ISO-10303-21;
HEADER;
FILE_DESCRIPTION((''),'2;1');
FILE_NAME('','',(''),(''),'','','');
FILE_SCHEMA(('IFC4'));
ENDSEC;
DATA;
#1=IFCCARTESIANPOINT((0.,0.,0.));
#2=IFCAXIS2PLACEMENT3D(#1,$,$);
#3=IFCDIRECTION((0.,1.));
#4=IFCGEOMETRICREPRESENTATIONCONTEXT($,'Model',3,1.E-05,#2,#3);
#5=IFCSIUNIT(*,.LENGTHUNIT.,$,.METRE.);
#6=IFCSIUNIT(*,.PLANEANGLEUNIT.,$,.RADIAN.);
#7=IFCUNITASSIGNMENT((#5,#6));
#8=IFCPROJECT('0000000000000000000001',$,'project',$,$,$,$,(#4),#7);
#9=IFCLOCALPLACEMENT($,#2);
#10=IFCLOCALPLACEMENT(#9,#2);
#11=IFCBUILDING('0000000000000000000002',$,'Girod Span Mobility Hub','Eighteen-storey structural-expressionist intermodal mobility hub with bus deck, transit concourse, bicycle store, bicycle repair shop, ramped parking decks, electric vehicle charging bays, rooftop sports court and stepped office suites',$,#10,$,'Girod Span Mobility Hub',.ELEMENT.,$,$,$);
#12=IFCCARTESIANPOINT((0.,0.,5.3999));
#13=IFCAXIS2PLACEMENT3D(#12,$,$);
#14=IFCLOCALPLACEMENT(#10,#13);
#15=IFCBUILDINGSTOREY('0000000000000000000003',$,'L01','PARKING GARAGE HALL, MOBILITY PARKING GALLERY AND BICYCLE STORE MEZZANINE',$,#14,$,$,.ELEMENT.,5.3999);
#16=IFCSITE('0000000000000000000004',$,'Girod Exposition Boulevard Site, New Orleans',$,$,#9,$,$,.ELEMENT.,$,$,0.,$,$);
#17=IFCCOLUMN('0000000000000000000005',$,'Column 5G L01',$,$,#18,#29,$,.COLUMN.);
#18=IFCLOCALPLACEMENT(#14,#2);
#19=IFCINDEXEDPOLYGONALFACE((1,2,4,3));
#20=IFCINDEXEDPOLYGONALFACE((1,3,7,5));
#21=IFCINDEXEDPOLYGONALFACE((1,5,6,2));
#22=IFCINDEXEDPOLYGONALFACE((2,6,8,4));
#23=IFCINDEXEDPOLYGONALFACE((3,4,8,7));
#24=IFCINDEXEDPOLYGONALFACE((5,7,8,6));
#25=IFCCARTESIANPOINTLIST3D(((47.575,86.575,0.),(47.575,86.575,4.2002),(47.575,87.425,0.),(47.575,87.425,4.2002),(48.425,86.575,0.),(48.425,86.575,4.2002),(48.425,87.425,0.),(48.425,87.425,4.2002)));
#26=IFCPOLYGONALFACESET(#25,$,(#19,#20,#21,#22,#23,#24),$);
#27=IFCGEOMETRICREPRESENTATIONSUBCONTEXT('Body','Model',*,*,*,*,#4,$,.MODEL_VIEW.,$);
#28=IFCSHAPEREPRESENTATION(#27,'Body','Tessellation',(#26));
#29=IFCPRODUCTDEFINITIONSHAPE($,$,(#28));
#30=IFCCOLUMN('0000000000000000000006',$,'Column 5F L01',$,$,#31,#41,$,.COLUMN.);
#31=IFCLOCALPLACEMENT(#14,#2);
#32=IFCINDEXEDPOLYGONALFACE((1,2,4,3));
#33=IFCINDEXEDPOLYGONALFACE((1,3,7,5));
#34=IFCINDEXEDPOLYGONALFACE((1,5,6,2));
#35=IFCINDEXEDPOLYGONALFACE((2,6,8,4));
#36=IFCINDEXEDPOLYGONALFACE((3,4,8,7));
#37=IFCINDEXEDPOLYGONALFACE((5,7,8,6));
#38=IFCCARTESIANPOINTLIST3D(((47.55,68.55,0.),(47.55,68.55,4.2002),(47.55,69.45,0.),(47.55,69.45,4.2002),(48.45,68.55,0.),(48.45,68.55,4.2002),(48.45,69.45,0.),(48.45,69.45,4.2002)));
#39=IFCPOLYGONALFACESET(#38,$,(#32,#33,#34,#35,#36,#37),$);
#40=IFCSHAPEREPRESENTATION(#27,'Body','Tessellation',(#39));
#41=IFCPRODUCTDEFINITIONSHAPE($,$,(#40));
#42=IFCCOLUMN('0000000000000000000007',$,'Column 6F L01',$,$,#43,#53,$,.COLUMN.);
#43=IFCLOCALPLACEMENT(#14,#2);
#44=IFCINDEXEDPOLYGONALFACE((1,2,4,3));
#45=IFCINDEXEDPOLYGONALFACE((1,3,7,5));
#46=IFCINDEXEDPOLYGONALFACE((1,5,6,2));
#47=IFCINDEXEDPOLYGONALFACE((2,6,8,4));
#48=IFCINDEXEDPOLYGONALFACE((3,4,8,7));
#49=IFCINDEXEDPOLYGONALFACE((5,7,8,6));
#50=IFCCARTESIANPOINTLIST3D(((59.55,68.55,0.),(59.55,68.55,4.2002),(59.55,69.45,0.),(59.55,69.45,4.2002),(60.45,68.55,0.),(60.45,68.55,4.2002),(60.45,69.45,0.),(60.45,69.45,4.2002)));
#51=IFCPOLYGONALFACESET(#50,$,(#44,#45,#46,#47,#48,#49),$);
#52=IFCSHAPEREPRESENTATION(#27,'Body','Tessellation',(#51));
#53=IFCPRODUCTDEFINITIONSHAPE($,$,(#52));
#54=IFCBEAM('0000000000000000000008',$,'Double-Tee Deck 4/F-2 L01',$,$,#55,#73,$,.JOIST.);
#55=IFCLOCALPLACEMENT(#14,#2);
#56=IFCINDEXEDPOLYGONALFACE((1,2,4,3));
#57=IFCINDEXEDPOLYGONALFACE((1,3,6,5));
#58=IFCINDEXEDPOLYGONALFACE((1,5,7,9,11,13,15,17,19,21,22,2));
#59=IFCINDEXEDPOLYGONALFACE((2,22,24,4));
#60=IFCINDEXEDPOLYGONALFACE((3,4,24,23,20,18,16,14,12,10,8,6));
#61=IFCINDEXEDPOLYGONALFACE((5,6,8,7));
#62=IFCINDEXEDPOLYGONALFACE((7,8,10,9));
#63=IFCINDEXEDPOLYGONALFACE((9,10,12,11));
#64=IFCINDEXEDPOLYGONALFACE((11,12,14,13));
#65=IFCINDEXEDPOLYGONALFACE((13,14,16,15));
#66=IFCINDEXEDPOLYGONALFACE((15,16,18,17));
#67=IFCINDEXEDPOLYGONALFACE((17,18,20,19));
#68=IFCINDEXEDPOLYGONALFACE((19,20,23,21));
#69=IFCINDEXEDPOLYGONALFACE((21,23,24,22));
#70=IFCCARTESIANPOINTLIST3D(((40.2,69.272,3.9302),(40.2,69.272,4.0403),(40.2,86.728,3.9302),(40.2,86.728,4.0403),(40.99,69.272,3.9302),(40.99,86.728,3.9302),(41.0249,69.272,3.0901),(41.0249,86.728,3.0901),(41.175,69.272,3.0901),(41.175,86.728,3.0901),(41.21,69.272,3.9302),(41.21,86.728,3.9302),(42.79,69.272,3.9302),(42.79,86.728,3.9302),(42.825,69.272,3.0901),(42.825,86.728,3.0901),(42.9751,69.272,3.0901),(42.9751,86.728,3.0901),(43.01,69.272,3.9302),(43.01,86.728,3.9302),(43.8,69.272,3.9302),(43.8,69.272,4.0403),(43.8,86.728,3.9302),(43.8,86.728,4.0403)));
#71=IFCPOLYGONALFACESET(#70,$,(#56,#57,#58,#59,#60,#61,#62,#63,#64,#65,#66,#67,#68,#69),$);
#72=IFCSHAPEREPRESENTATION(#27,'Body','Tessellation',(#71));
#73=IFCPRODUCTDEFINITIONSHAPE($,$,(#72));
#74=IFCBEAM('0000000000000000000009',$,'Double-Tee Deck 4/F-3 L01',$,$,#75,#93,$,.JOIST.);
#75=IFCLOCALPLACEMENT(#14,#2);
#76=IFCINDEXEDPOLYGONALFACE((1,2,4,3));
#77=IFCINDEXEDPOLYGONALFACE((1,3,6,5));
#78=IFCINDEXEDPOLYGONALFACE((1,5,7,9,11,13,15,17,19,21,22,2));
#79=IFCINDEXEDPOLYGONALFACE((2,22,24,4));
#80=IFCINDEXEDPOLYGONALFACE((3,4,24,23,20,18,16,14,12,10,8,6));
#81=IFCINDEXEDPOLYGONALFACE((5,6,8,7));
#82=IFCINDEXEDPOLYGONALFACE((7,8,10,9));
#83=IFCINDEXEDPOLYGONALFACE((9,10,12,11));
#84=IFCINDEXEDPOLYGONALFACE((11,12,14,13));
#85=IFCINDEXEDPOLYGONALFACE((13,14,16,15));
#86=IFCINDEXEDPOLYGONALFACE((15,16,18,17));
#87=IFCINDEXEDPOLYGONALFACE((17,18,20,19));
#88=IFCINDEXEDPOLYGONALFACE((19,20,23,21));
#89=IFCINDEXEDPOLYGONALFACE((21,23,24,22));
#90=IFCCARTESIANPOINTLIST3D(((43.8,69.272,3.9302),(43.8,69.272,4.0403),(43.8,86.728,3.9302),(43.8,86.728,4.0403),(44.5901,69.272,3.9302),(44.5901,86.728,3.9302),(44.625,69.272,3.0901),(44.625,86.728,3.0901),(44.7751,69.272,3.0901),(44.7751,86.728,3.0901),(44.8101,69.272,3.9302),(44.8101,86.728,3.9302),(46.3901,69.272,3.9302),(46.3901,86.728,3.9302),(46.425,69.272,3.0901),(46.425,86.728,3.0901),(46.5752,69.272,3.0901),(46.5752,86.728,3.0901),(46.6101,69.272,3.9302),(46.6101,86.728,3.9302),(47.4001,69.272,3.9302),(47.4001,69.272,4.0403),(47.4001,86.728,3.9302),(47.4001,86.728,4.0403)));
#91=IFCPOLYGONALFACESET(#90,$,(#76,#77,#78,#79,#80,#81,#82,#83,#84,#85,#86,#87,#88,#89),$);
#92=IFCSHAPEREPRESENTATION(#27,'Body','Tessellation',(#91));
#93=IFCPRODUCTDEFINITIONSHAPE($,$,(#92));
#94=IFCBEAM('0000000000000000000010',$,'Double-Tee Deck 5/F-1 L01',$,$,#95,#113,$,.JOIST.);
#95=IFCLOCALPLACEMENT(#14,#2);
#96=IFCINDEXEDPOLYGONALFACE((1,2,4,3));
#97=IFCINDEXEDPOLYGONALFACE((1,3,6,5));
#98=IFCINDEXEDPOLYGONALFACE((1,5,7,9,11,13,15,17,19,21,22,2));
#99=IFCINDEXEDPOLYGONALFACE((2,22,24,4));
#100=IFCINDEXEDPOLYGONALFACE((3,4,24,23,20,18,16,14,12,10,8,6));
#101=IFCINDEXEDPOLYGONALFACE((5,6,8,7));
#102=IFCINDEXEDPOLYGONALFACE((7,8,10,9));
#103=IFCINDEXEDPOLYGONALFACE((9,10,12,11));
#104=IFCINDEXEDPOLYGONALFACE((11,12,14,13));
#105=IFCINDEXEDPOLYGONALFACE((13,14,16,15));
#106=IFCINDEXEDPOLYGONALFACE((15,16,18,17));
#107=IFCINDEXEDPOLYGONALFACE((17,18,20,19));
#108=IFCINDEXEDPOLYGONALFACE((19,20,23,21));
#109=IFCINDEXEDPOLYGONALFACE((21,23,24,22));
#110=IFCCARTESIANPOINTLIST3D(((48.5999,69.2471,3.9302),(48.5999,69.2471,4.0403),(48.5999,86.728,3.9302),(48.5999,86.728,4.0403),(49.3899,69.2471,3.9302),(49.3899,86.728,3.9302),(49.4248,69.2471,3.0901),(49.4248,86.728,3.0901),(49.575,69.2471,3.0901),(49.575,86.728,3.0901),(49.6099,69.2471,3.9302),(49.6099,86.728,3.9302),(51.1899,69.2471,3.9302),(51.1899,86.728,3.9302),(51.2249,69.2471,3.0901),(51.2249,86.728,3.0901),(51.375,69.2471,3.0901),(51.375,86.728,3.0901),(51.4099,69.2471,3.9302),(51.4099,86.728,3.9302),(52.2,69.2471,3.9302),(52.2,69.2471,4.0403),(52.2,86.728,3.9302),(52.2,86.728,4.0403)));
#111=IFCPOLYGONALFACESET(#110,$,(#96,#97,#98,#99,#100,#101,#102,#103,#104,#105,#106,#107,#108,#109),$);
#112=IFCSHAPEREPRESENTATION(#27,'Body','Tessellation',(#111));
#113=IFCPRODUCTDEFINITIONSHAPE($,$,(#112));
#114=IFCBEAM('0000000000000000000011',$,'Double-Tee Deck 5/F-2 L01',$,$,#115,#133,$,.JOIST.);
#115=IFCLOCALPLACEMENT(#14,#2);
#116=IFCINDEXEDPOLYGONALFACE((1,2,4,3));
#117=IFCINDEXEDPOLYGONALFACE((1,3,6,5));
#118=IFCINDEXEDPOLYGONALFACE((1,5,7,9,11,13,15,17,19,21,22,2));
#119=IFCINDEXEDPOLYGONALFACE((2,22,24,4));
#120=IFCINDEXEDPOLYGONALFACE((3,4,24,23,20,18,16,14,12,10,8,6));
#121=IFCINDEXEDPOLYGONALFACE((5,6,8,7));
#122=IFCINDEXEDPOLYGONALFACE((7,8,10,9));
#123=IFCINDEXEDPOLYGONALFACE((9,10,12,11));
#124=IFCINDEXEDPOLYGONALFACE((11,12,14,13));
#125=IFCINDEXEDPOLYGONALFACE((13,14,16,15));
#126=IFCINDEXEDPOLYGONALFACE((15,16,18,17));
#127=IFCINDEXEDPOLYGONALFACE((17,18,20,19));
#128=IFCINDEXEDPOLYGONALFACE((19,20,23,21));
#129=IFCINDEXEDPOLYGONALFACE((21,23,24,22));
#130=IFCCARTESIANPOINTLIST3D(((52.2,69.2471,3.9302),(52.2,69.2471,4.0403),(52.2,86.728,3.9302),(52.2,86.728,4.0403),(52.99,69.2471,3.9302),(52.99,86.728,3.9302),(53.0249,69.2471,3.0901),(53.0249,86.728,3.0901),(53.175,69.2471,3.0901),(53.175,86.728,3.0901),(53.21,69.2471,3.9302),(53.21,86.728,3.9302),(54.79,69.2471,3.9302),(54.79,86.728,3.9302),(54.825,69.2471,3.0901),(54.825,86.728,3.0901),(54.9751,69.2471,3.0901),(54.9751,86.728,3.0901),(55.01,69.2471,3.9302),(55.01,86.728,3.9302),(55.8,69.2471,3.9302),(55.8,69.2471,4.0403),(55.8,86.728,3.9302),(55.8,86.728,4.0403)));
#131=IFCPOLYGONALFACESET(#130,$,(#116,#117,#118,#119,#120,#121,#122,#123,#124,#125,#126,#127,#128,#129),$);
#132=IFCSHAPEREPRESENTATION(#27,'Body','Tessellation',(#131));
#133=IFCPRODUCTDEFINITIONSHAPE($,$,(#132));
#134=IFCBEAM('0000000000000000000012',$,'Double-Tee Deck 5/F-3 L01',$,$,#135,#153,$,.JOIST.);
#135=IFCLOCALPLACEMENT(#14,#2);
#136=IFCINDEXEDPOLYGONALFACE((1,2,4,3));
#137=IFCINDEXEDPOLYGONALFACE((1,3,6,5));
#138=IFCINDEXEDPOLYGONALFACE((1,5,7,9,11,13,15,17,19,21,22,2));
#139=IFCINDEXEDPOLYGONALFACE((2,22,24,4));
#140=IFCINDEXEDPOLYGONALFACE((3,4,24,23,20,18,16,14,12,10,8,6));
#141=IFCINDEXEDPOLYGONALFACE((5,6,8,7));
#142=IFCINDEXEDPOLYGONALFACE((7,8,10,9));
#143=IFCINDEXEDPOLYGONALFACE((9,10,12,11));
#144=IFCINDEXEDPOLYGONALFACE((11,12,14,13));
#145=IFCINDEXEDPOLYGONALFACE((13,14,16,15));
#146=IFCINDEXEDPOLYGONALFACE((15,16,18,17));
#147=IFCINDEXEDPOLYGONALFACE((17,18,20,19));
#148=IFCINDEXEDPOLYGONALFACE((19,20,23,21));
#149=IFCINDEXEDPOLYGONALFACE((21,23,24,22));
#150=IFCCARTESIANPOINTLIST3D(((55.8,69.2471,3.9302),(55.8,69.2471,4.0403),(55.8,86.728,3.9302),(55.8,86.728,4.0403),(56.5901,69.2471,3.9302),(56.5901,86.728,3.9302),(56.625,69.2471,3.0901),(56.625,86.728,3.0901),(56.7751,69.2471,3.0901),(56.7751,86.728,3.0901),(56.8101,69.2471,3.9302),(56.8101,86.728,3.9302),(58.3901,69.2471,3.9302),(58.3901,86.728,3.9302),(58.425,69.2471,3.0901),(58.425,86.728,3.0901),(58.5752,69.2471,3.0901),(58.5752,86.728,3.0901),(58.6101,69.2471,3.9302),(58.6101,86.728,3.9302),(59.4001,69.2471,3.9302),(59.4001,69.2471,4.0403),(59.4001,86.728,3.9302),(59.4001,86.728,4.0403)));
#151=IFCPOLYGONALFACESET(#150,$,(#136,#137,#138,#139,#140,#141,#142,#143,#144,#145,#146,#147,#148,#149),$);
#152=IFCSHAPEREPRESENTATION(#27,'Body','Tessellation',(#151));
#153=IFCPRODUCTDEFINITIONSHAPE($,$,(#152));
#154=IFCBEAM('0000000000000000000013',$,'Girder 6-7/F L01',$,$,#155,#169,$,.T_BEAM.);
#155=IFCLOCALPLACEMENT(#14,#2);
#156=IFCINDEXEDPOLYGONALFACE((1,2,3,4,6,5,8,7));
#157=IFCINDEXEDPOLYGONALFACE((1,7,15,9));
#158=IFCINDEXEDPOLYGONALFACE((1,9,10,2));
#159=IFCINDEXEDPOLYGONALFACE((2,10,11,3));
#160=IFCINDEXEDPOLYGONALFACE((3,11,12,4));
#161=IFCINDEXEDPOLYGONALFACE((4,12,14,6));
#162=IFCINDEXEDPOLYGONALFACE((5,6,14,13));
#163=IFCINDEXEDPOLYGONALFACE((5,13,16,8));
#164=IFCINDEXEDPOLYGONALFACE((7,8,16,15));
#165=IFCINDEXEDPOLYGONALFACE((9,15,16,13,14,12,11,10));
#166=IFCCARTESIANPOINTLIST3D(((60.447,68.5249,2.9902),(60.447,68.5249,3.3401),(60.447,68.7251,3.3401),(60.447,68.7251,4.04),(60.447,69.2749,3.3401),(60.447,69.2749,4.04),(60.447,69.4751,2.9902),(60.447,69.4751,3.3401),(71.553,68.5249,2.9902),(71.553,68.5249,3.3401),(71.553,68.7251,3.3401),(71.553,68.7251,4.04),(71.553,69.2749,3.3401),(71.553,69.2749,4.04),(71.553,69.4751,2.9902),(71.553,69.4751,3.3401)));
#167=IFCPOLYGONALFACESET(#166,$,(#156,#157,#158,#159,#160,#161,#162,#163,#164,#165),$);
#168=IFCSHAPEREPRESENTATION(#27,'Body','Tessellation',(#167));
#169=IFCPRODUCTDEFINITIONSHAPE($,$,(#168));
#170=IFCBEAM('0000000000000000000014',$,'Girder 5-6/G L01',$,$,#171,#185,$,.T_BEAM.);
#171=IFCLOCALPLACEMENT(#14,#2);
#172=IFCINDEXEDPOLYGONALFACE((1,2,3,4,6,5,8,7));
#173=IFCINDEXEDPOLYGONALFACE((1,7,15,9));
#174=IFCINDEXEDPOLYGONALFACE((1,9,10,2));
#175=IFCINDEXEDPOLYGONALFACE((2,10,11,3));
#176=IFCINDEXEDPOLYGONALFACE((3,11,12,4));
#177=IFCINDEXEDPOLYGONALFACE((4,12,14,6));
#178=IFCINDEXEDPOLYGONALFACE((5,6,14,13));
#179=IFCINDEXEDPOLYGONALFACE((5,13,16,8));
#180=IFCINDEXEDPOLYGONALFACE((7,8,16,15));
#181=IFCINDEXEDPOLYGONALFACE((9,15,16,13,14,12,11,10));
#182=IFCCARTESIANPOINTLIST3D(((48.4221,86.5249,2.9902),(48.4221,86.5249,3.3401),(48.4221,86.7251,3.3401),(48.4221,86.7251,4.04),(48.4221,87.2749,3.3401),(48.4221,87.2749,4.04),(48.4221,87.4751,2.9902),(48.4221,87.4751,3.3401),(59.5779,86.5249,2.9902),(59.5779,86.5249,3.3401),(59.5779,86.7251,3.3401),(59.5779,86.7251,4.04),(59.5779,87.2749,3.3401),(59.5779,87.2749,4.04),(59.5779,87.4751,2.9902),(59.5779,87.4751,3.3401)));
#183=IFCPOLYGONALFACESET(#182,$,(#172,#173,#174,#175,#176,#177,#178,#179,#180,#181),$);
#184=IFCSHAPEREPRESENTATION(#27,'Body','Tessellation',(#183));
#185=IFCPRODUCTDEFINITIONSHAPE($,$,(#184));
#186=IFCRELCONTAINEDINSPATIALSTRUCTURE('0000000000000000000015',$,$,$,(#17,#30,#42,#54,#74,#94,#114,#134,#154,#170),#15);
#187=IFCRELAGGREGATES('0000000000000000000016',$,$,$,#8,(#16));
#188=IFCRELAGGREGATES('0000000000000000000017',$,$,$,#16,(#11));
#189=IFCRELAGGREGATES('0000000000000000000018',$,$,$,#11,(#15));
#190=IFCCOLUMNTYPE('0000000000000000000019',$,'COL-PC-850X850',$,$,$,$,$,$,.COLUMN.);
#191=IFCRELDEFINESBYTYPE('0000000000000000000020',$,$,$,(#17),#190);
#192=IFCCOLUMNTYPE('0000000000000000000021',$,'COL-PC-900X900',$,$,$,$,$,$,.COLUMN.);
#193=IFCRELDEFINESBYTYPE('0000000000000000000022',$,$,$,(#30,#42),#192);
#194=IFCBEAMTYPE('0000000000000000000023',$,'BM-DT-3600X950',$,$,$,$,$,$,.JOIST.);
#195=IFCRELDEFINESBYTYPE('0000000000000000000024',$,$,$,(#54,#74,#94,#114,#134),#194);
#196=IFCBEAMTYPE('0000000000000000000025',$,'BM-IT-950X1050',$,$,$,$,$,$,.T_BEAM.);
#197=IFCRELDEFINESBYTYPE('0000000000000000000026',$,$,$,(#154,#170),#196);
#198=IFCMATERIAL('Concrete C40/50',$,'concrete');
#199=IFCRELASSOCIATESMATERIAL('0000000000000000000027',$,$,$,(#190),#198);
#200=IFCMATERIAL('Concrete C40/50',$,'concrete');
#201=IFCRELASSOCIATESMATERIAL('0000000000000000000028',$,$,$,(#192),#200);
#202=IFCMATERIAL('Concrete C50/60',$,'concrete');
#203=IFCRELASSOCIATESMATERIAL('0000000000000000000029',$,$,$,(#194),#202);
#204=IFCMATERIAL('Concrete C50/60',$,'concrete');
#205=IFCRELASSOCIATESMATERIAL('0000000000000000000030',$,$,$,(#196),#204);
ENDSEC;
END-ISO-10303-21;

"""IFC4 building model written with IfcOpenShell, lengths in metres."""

from ifc_helpers import new_model, si_unit, direction, frame, origin, origin_2d, place, context, subcontext, project, spatial, polyline, rectangle, outline, extrude, material, material_profile, profile_set, type_object, element, save


model = new_model("IFC4")

# Units and contexts
model_context = context("Model", 3, precision=1e-05, world=origin(), true_north=direction((0.0, 1.0)))
body_context = subcontext(model_context, "Body", "Model", "MODEL_VIEW")
ifc_project = project(units=[si_unit("LENGTHUNIT", "METRE"), si_unit("PLANEANGLEUNIT", "RADIAN")], contexts=[model_context])

# Site, building, storey
site_placement = place(None, origin())
site = spatial("IfcSite", under=ifc_project, at=site_placement, Name="Girod Exposition Boulevard Site, New Orleans", CompositionType="ELEMENT", RefElevation=0.0)
building_placement = place(site_placement, origin())
building = spatial("IfcBuilding", under=site, at=building_placement, Name="Girod Span Mobility Hub", Description="Eighteen-storey structural-expressionist intermodal mobility hub with bus deck, transit concourse, bicycle store, bicycle repair shop, ramped parking decks, electric vehicle charging bays, rooftop sports court and stepped office suites", LongName="Girod Span Mobility Hub", CompositionType="ELEMENT")
storey_placement = place(building_placement, frame((0.0, 0.0, 5.3999)))
storey = spatial("IfcBuildingStorey", under=building, at=storey_placement, Name="L01", Description="PARKING GARAGE HALL, MOBILITY PARKING GALLERY AND BICYCLE STORE MEZZANINE", CompositionType="ELEMENT", Elevation=5.3999)

# Columns
ifc_material_1 = material(Name="Concrete C40/50", Category="concrete")
ifc_material_profile_1 = material_profile(ifc_material_1, rectangle(XDim=0.8501, YDim=0.8501, at=origin_2d()), Name="PC-COL-850X850")
ifc_profile_set_1 = profile_set([ifc_material_profile_1], Name="Concrete C40/50")
column_type_1 = type_object("IfcColumnType", Name="COL-PC-850X850", PredefinedType="COLUMN", material=ifc_profile_set_1)
column_placement = place(storey_placement, frame((48.0, 87.0, 0.0), z_axis=(0.0, 0.0, 1.0), x_axis=(1.0, 0.0, 0.0)))
element("IfcColumn", 1, at=column_placement, inside=storey, type_object=column_type_1, Name="Column 5G L01", PredefinedType="COLUMN", context=body_context, shape_type="SweptSolid", body=[
    extrude(rectangle(XDim=0.8501, YDim=0.8501, at=origin_2d()), origin(), (0.0, 0.0, 1.0), 4.2002),
])
ifc_material_2 = material(Name="Concrete C40/50", Category="concrete")
ifc_material_profile_2 = material_profile(ifc_material_2, rectangle(XDim=0.8999, YDim=0.8999, at=origin_2d()), Name="PC-COL-900X900")
ifc_profile_set_2 = profile_set([ifc_material_profile_2], Name="Concrete C40/50")
column_type_2 = type_object("IfcColumnType", Name="COL-PC-900X900", PredefinedType="COLUMN", material=ifc_profile_set_2)
for number, where, z_axis, x_axis, name in (
    (2, (48.0, 69.0, 0.0), (0.0, 0.0, 1.0), (1.0, 0.0, 0.0), "Column 5F L01"),
    (3, (60.0, 69.0, 0.0), (0.0, 0.0, 1.0), (1.0, 0.0, 0.0), "Column 6F L01"),
):
    element("IfcColumn", number, at=place(storey_placement, frame(where, z_axis=z_axis, x_axis=x_axis)), inside=storey, type_object=column_type_2, Name=name, PredefinedType="COLUMN", context=body_context, shape_type="SweptSolid", body=[
        extrude(rectangle(XDim=0.8999, YDim=0.8999, at=origin_2d()), origin(), (0.0, 0.0, 1.0), 4.2002),
    ])

# Beams
ifc_material_3 = material(Name="Concrete C50/60", Category="concrete")
ifc_material_profile_3 = material_profile(ifc_material_3, outline(polyline([(-1.8, 0.4751), (-1.8, 0.365), (-1.01, 0.365), (-0.9751, -0.4751), (-0.825, -0.4751), (-0.79, 0.365), (0.79, 0.365), (0.825, -0.4751), (0.9751, -0.4751), (1.01, 0.365), (1.8, 0.365), (1.8, 0.4751), (-1.8, 0.4751)])), Name="DT-3600X950")
ifc_profile_set_3 = profile_set([ifc_material_profile_3], Name="Concrete C50/60")
beam_type_1 = type_object("IfcBeamType", Name="BM-DT-3600X950", PredefinedType="JOIST", material=ifc_profile_set_3)
for number, where, z_axis, x_axis, name in (
    (4, (42.0, 69.272, 3.5652), (0.0, 1.0, 0.0), (-1.0, 0.0, 0.0), "Double-Tee Deck 4/F-2 L01"),
    (5, (45.6001, 69.272, 3.5652), (0.0, 1.0, 0.0), (-1.0, 0.0, 0.0), "Double-Tee Deck 4/F-3 L01"),
):
    element("IfcBeam", number, at=place(storey_placement, frame(where, z_axis=z_axis, x_axis=x_axis)), inside=storey, type_object=beam_type_1, Name=name, PredefinedType="JOIST", context=body_context, shape_type="SweptSolid", body=[
        extrude(outline(polyline([(-1.8, 0.4751), (-1.8, 0.365), (-1.01, 0.365), (-0.9751, -0.4751), (-0.825, -0.4751), (-0.79, 0.365), (0.79, 0.365), (0.825, -0.4751), (0.9751, -0.4751), (1.01, 0.365), (1.8, 0.365), (1.8, 0.4751), (-1.8, 0.4751)])), origin(), (0.0, 0.0, 1.0), 17.4561),
    ])
for number, where, z_axis, x_axis, name in (
    (6, (50.3999, 69.2471, 3.5652), (0.0, 1.0, 0.0), (-1.0, 0.0, 0.0), "Double-Tee Deck 5/F-1 L01"),
    (7, (54.0, 69.2471, 3.5652), (0.0, 1.0, 0.0), (-1.0, 0.0, 0.0), "Double-Tee Deck 5/F-2 L01"),
    (8, (57.6001, 69.2471, 3.5652), (0.0, 1.0, 0.0), (-1.0, 0.0, 0.0), "Double-Tee Deck 5/F-3 L01"),
):
    element("IfcBeam", number, at=place(storey_placement, frame(where, z_axis=z_axis, x_axis=x_axis)), inside=storey, type_object=beam_type_1, Name=name, PredefinedType="JOIST", context=body_context, shape_type="SweptSolid", body=[
        extrude(outline(polyline([(-1.8, 0.4751), (-1.8, 0.365), (-1.01, 0.365), (-0.9751, -0.4751), (-0.825, -0.4751), (-0.79, 0.365), (0.79, 0.365), (0.825, -0.4751), (0.9751, -0.4751), (1.01, 0.365), (1.8, 0.365), (1.8, 0.4751), (-1.8, 0.4751)])), origin(), (0.0, 0.0, 1.0), 17.481),
    ])
ifc_material_4 = material(Name="Concrete C50/60", Category="concrete")
ifc_material_profile_4 = material_profile(ifc_material_4, outline(polyline([(-0.4751, -0.5249), (0.4751, -0.5249), (0.4751, -0.175), (0.2749, -0.175), (0.2749, 0.5249), (-0.2749, 0.5249), (-0.2749, -0.175), (-0.4751, -0.175), (-0.4751, -0.5249)])), Name="IT-950X1050")
ifc_profile_set_4 = profile_set([ifc_material_profile_4], Name="Concrete C50/60")
beam_type_2 = type_object("IfcBeamType", Name="BM-IT-950X1050", PredefinedType="T_BEAM", material=ifc_profile_set_4)
beam_1_placement = place(storey_placement, frame((60.447, 69.0, 3.5151), z_axis=(1.0, 0.0, 0.0), x_axis=(0.0, 1.0, 0.0)))
element("IfcBeam", 9, at=beam_1_placement, inside=storey, type_object=beam_type_2, Name="Girder 6-7/F L01", PredefinedType="T_BEAM", context=body_context, shape_type="SweptSolid", body=[
    extrude(outline(polyline([(-0.4751, -0.5249), (0.4751, -0.5249), (0.4751, -0.175), (0.2749, -0.175), (0.2749, 0.5249), (-0.2749, 0.5249), (-0.2749, -0.175), (-0.4751, -0.175), (-0.4751, -0.5249)])), origin(), (0.0, 0.0, 1.0), 11.106),
])
beam_2_placement = place(storey_placement, frame((48.4221, 87.0, 3.5151), z_axis=(1.0, 0.0, 0.0), x_axis=(0.0, 1.0, 0.0)))
element("IfcBeam", 10, at=beam_2_placement, inside=storey, type_object=beam_type_2, Name="Girder 5-6/G L01", PredefinedType="T_BEAM", context=body_context, shape_type="SweptSolid", body=[
    extrude(outline(polyline([(-0.4751, -0.5249), (0.4751, -0.5249), (0.4751, -0.175), (0.2749, -0.175), (0.2749, 0.5249), (-0.2749, 0.5249), (-0.2749, -0.175), (-0.4751, -0.175), (-0.4751, -0.5249)])), origin(), (0.0, 0.0, 1.0), 11.1558),
])

save(model, "model.ifc")
